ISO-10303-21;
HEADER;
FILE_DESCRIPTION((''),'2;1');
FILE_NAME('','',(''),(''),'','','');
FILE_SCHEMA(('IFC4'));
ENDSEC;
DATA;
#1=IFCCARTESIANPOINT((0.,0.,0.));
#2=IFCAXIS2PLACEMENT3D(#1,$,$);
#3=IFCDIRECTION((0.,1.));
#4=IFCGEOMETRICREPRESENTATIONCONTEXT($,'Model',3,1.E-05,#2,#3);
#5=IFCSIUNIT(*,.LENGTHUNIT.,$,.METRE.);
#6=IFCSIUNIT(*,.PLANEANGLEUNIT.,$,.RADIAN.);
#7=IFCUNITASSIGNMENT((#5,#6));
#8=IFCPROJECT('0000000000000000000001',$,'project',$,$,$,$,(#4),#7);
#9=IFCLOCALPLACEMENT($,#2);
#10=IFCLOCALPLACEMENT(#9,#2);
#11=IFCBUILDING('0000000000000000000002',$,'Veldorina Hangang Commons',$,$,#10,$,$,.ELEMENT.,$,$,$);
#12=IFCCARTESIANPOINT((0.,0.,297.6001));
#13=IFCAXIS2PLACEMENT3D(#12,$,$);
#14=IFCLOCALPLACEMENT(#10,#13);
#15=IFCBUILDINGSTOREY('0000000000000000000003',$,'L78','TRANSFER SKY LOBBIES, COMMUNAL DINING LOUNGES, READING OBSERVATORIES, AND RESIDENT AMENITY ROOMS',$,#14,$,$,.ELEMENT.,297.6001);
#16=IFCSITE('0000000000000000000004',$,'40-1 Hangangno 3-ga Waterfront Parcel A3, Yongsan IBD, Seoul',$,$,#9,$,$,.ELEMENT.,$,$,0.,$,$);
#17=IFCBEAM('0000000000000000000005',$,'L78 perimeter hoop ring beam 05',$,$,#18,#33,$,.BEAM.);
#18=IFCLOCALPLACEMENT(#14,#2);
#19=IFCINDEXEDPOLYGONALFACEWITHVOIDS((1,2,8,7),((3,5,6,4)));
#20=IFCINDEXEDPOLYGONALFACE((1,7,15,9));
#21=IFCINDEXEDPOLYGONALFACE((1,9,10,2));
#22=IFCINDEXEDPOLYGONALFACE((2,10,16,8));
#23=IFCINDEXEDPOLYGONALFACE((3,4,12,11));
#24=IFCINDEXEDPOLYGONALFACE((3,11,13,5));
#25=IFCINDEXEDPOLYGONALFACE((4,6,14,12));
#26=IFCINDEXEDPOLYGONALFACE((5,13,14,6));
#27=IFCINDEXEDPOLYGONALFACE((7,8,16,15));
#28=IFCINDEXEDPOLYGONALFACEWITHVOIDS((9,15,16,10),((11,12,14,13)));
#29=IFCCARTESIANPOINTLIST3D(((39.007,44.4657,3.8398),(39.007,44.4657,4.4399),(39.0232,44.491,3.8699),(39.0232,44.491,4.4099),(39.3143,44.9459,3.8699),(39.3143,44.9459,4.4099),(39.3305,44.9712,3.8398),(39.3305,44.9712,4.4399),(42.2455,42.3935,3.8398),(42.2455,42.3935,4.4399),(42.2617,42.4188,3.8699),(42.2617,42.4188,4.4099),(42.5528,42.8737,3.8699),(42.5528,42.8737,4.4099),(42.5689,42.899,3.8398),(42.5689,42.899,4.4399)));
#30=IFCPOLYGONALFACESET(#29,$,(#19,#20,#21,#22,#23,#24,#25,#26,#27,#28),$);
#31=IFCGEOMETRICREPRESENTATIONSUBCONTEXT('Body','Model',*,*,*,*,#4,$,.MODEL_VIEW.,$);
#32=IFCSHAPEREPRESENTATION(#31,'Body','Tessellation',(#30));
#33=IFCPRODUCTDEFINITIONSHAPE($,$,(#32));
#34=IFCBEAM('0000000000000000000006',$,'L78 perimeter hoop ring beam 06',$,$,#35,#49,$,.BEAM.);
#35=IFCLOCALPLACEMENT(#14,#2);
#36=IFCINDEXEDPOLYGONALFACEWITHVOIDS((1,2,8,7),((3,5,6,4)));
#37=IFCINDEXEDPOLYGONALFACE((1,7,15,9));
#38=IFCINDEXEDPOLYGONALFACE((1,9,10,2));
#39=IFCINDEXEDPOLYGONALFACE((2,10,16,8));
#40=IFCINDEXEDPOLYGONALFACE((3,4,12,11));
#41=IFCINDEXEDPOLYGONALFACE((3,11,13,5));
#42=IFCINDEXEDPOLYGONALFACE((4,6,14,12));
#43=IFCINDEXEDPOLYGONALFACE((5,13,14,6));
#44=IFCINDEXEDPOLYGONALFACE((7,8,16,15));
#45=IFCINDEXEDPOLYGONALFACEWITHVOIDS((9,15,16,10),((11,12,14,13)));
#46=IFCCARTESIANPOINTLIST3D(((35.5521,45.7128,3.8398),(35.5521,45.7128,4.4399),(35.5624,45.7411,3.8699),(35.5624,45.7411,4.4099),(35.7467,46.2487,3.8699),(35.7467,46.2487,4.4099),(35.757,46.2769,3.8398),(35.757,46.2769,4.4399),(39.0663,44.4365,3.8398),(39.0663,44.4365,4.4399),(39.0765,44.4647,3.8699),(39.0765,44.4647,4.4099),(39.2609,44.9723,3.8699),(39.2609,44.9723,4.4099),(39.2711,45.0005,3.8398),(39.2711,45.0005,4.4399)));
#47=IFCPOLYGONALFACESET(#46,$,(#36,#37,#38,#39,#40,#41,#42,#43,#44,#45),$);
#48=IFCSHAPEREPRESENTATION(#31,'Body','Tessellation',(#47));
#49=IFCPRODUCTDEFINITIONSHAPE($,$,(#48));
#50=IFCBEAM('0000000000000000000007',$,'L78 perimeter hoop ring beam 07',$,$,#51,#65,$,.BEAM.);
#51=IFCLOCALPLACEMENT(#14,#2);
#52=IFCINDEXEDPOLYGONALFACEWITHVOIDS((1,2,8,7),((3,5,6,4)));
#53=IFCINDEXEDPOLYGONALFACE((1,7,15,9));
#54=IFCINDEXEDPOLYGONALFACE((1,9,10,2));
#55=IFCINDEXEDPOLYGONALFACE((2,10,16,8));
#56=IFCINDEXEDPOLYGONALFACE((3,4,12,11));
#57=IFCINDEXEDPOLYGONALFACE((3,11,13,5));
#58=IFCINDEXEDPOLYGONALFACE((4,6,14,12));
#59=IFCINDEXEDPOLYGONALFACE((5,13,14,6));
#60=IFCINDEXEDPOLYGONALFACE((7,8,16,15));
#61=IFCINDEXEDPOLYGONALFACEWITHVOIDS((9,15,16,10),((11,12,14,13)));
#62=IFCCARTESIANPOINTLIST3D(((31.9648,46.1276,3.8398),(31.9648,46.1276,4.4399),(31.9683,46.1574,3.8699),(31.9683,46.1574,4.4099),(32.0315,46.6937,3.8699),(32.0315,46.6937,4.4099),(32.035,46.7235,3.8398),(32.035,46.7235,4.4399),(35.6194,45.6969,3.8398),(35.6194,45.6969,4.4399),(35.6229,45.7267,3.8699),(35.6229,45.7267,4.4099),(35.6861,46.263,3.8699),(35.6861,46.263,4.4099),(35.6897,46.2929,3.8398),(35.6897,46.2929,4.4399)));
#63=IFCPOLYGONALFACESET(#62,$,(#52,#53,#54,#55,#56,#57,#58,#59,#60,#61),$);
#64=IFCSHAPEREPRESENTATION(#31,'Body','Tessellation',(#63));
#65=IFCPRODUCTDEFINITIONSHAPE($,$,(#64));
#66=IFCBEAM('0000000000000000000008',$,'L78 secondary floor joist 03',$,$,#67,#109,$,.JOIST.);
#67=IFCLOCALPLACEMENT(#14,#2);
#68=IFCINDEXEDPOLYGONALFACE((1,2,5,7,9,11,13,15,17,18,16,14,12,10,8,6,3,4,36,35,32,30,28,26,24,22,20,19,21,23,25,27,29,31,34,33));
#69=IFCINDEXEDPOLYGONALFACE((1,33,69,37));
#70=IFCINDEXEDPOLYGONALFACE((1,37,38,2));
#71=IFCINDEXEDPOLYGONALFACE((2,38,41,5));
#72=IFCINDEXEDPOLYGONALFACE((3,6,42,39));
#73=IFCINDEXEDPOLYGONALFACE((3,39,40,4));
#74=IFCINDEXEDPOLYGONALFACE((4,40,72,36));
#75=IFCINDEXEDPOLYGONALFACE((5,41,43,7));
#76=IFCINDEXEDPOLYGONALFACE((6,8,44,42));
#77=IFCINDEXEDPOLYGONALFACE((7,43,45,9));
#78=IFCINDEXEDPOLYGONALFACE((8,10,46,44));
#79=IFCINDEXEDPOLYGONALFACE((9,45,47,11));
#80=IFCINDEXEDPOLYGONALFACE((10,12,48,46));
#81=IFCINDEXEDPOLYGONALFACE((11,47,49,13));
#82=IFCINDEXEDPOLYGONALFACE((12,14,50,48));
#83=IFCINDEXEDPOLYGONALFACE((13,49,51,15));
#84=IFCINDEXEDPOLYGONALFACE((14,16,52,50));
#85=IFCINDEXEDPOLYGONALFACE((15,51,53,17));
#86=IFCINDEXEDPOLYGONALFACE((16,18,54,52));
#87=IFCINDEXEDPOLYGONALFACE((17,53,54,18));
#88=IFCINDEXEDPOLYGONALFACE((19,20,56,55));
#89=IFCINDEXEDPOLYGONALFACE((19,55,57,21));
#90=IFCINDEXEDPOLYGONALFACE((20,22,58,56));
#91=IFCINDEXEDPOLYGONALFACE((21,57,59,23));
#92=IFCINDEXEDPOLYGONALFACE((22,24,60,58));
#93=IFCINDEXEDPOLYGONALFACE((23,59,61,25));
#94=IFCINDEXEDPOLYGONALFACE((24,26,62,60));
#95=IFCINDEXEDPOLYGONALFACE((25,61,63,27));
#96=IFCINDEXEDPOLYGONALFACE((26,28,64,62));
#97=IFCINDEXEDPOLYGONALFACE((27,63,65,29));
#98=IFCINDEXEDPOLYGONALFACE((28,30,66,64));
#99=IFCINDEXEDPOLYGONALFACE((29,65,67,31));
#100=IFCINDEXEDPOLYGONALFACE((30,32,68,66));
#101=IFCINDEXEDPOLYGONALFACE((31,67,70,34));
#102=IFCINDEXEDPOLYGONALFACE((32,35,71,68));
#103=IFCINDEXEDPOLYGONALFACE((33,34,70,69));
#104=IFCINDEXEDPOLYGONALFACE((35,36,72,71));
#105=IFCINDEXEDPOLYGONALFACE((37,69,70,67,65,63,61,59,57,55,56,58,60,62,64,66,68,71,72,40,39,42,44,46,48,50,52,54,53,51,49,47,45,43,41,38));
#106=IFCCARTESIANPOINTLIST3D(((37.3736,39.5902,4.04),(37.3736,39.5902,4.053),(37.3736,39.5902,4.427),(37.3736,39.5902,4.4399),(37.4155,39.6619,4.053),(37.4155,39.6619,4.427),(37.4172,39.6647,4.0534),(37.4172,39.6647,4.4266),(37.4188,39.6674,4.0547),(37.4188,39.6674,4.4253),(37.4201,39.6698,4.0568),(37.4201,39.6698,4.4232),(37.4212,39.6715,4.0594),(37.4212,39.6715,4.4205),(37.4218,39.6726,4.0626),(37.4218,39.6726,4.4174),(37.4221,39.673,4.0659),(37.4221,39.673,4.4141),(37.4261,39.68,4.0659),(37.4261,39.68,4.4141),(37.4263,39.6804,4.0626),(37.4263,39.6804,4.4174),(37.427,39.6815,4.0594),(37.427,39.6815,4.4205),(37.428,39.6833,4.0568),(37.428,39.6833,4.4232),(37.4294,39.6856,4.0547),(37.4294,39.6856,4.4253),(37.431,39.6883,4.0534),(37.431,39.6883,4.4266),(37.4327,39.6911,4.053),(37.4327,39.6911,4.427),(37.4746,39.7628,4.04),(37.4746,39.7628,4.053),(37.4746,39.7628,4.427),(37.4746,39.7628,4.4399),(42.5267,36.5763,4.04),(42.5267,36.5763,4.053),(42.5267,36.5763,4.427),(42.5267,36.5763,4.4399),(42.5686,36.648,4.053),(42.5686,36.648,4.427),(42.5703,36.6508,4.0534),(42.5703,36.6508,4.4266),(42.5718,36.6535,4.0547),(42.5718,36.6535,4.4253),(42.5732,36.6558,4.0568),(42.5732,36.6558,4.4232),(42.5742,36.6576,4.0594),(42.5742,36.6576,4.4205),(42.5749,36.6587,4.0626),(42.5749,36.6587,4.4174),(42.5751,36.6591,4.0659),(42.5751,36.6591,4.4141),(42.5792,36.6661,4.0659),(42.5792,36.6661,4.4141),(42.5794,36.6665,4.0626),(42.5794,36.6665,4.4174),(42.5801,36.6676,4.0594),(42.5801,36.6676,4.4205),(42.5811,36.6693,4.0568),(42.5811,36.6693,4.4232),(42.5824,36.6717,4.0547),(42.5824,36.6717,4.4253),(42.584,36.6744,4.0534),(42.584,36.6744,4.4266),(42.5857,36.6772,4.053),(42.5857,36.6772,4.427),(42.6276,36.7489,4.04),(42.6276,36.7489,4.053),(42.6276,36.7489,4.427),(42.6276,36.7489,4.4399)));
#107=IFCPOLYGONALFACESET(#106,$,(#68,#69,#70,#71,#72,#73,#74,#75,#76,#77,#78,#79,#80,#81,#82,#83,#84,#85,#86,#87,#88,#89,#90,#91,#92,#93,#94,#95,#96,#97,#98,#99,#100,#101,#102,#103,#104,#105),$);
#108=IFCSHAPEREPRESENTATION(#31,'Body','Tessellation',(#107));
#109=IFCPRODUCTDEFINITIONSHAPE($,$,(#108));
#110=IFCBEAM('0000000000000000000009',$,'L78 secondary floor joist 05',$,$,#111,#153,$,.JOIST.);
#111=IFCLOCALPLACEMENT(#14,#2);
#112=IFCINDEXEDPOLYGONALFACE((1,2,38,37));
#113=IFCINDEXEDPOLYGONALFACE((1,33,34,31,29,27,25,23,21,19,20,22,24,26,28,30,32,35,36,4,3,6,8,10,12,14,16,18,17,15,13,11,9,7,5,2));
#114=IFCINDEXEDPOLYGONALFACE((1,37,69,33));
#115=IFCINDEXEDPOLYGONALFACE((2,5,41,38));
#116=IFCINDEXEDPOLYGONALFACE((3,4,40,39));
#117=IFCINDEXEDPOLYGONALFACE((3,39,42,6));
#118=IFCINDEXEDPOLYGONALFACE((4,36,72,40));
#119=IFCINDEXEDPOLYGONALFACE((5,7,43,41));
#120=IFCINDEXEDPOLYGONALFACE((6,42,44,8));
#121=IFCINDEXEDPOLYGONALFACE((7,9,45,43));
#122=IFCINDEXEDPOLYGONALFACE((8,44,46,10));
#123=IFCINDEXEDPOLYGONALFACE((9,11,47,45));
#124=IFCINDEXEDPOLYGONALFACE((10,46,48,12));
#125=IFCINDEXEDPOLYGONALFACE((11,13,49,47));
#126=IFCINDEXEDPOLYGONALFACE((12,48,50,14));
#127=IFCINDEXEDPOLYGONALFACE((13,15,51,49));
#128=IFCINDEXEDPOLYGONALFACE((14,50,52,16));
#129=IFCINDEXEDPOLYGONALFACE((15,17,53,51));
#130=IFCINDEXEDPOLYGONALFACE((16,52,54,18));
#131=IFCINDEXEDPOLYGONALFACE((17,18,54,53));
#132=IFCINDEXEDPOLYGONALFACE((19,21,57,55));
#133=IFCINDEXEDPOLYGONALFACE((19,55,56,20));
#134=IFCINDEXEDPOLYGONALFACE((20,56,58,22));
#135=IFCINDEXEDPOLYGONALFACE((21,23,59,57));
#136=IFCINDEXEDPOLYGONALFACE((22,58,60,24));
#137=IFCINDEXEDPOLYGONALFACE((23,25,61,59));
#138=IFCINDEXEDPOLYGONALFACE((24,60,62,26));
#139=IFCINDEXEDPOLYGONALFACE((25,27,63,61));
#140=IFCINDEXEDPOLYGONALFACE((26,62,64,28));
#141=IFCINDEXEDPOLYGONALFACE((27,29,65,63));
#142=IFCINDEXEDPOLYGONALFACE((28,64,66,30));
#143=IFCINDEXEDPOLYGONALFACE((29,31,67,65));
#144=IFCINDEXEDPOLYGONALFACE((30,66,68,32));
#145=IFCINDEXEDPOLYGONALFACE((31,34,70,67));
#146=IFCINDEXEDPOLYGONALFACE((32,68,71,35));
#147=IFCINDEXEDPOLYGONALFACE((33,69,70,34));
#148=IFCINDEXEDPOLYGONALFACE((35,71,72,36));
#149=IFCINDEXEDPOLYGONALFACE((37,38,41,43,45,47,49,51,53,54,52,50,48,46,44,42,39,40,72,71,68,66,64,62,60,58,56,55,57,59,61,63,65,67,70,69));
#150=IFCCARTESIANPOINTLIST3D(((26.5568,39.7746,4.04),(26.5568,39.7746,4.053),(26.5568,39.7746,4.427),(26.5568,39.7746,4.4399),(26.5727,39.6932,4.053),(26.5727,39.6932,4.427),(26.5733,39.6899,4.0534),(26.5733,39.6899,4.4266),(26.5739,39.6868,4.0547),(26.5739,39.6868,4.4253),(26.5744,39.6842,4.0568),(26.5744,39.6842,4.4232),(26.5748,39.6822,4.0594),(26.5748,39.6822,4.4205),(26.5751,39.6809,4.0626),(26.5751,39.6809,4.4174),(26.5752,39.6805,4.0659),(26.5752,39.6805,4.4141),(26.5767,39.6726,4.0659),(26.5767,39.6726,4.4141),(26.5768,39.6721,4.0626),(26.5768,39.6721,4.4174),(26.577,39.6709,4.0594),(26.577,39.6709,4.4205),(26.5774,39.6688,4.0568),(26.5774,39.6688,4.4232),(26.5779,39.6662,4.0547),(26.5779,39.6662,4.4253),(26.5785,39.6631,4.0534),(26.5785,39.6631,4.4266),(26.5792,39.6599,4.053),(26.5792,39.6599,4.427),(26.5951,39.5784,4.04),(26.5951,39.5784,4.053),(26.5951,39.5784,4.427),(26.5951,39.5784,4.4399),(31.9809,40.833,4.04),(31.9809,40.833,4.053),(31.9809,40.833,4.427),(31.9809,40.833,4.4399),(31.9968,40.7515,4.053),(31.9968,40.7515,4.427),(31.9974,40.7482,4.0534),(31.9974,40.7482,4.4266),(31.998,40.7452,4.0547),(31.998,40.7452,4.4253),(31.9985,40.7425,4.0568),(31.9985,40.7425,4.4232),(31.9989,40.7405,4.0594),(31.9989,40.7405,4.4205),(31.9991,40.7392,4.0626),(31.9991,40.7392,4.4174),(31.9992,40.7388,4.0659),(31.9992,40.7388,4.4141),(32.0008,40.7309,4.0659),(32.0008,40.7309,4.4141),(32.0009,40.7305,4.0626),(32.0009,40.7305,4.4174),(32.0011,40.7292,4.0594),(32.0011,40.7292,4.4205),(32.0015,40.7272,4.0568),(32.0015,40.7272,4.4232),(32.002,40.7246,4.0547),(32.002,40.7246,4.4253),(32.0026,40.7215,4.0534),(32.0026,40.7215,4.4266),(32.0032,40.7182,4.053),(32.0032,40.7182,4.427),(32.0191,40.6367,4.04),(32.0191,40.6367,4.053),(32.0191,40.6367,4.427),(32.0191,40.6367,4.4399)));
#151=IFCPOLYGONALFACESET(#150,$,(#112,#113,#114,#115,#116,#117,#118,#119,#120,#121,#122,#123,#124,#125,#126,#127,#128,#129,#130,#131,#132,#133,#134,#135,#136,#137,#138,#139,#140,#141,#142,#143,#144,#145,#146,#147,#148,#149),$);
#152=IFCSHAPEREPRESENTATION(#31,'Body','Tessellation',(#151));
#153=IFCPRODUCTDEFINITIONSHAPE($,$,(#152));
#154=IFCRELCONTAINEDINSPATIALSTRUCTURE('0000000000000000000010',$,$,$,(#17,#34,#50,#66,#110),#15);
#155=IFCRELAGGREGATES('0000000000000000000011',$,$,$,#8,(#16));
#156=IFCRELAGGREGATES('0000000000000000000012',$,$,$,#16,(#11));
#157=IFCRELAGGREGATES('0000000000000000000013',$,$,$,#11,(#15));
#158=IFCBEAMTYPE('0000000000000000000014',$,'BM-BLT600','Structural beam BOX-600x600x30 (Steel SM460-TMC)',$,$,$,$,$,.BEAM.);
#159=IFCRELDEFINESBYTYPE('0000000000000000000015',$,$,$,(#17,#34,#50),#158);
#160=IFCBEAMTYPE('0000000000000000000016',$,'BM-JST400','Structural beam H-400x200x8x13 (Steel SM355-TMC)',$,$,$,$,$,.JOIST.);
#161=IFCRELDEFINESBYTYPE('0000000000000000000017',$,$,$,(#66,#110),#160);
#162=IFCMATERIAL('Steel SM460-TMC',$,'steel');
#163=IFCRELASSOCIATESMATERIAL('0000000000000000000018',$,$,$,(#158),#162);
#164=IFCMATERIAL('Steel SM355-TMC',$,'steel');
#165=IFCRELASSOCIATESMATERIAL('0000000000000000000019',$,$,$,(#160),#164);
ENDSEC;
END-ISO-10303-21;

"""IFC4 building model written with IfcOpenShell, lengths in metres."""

from ifc_helpers import new_model, si_unit, direction, frame, origin, origin_2d, place, context, subcontext, project, spatial, hollow_rectangle, i_section, extrude, material, material_profile, profile_set, type_object, element, save


model = new_model("IFC4")

# Units and contexts
model_context = context("Model", 3, precision=1e-05, world=origin(), true_north=direction((0.0, 1.0)))
body_context = subcontext(model_context, "Body", "Model", "MODEL_VIEW")
ifc_project = project(units=[si_unit("LENGTHUNIT", "METRE"), si_unit("PLANEANGLEUNIT", "RADIAN")], contexts=[model_context])

# Site, building, storey
site_placement = place(None, origin())
site = spatial("IfcSite", under=ifc_project, at=site_placement, Name="40-1 Hangangno 3-ga Waterfront Parcel A3, Yongsan IBD, Seoul", CompositionType="ELEMENT", RefElevation=0.0)
building_placement = place(site_placement, origin())
building = spatial("IfcBuilding", under=site, at=building_placement, Name="Veldorina Hangang Commons", CompositionType="ELEMENT")
storey_placement = place(building_placement, frame((0.0, 0.0, 297.6001)))
storey = spatial("IfcBuildingStorey", under=building, at=storey_placement, Name="L78", Description="TRANSFER SKY LOBBIES, COMMUNAL DINING LOUNGES, READING OBSERVATORIES, AND RESIDENT AMENITY ROOMS", CompositionType="ELEMENT", Elevation=297.6001)

# Beams
ifc_material_1 = material(Name="Steel SM460-TMC", Category="steel")
ifc_material_profile_1 = material_profile(ifc_material_1, hollow_rectangle(XDim=0.6001, YDim=0.6001, WallThickness=0.03, at=origin_2d()), Name="BOX-600x600x30")
ifc_profile_set_1 = profile_set([ifc_material_profile_1], Name="Steel SM460-TMC")
beam_type_1 = type_object("IfcBeamType", Name="BM-BLT600", Description="Structural beam BOX-600x600x30 (Steel SM460-TMC)", PredefinedType="BEAM", material=ifc_profile_set_1)
beam_1_placement = place(storey_placement, frame((42.4072, 42.6462, 4.1399), z_axis=(-0.842318, 0.538982, 0.0), x_axis=(-0.538982, -0.842318, 0.0)))
element("IfcBeam", 1, at=beam_1_placement, inside=storey, type_object=beam_type_1, Name="L78 perimeter hoop ring beam 05", PredefinedType="BEAM", context=body_context, shape_type="SweptSolid", body=[
    extrude(hollow_rectangle(XDim=0.6001, YDim=0.6001, WallThickness=0.03, at=origin_2d()), origin(), (0.0, 0.0, 1.0), 3.8447),
])
beam_2_placement = place(storey_placement, frame((39.1687, 44.7185, 4.1399), z_axis=(-0.939923, 0.341387, 0.0), x_axis=(-0.341387, -0.939923, 0.0)))
element("IfcBeam", 2, at=beam_2_placement, inside=storey, type_object=beam_type_1, Name="L78 perimeter hoop ring beam 06", PredefinedType="BEAM", context=body_context, shape_type="SweptSolid", body=[
    extrude(hollow_rectangle(XDim=0.6001, YDim=0.6001, WallThickness=0.03, at=origin_2d()), origin(), (0.0, 0.0, 1.0), 3.7388),
])
beam_3_placement = place(storey_placement, frame((35.6545, 45.9949, 4.1399), z_axis=(-0.993128, 0.117034, 0.0), x_axis=(-0.117034, -0.993128, 0.0)))
element("IfcBeam", 3, at=beam_3_placement, inside=storey, type_object=beam_type_1, Name="L78 perimeter hoop ring beam 07", PredefinedType="BEAM", context=body_context, shape_type="SweptSolid", body=[
    extrude(hollow_rectangle(XDim=0.6001, YDim=0.6001, WallThickness=0.03, at=origin_2d()), origin(), (0.0, 0.0, 1.0), 3.6799),
])
ifc_material_2 = material(Name="Steel SM355-TMC", Category="steel")
ifc_material_profile_2 = material_profile(ifc_material_2, i_section(OverallWidth=0.2, OverallDepth=0.3999, WebThickness=0.0081, FlangeThickness=0.0129, FilletRadius=0.0129, at=origin_2d()), Name="H-400x200x8x13")
ifc_profile_set_2 = profile_set([ifc_material_profile_2], Name="Steel SM355-TMC")
beam_type_2 = type_object("IfcBeamType", Name="BM-JST400", Description="Structural beam H-400x200x8x13 (Steel SM355-TMC)", PredefinedType="JOIST", material=ifc_profile_set_2)
beam_4_placement = place(storey_placement, frame((42.5771, 36.6626, 4.24), z_axis=(-0.863198, 0.504865, 0.0), x_axis=(-0.504865, -0.863198, 0.0)))
element("IfcBeam", 4, at=beam_4_placement, inside=storey, type_object=beam_type_2, Name="L78 secondary floor joist 03", PredefinedType="JOIST", context=body_context, shape_type="SweptSolid", body=[
    extrude(i_section(OverallWidth=0.2, OverallDepth=0.3999, WebThickness=0.0081, FlangeThickness=0.0129, FilletRadius=0.0129, at=origin_2d()), origin(), (0.0, 0.0, 1.0), 5.9697),
])
beam_5_placement = place(storey_placement, frame((32.0, 40.7349, 4.24), z_axis=(-0.981491, -0.191509, 0.0), x_axis=(0.191509, -0.981491, 0.0)))
element("IfcBeam", 5, at=beam_5_placement, inside=storey, type_object=beam_type_2, Name="L78 secondary floor joist 05", PredefinedType="JOIST", context=body_context, shape_type="SweptSolid", body=[
    extrude(i_section(OverallWidth=0.2, OverallDepth=0.3999, WebThickness=0.0081, FlangeThickness=0.0129, FilletRadius=0.0129, at=origin_2d()), origin(), (0.0, 0.0, 1.0), 5.5264),
])

save(model, "model.ifc")
